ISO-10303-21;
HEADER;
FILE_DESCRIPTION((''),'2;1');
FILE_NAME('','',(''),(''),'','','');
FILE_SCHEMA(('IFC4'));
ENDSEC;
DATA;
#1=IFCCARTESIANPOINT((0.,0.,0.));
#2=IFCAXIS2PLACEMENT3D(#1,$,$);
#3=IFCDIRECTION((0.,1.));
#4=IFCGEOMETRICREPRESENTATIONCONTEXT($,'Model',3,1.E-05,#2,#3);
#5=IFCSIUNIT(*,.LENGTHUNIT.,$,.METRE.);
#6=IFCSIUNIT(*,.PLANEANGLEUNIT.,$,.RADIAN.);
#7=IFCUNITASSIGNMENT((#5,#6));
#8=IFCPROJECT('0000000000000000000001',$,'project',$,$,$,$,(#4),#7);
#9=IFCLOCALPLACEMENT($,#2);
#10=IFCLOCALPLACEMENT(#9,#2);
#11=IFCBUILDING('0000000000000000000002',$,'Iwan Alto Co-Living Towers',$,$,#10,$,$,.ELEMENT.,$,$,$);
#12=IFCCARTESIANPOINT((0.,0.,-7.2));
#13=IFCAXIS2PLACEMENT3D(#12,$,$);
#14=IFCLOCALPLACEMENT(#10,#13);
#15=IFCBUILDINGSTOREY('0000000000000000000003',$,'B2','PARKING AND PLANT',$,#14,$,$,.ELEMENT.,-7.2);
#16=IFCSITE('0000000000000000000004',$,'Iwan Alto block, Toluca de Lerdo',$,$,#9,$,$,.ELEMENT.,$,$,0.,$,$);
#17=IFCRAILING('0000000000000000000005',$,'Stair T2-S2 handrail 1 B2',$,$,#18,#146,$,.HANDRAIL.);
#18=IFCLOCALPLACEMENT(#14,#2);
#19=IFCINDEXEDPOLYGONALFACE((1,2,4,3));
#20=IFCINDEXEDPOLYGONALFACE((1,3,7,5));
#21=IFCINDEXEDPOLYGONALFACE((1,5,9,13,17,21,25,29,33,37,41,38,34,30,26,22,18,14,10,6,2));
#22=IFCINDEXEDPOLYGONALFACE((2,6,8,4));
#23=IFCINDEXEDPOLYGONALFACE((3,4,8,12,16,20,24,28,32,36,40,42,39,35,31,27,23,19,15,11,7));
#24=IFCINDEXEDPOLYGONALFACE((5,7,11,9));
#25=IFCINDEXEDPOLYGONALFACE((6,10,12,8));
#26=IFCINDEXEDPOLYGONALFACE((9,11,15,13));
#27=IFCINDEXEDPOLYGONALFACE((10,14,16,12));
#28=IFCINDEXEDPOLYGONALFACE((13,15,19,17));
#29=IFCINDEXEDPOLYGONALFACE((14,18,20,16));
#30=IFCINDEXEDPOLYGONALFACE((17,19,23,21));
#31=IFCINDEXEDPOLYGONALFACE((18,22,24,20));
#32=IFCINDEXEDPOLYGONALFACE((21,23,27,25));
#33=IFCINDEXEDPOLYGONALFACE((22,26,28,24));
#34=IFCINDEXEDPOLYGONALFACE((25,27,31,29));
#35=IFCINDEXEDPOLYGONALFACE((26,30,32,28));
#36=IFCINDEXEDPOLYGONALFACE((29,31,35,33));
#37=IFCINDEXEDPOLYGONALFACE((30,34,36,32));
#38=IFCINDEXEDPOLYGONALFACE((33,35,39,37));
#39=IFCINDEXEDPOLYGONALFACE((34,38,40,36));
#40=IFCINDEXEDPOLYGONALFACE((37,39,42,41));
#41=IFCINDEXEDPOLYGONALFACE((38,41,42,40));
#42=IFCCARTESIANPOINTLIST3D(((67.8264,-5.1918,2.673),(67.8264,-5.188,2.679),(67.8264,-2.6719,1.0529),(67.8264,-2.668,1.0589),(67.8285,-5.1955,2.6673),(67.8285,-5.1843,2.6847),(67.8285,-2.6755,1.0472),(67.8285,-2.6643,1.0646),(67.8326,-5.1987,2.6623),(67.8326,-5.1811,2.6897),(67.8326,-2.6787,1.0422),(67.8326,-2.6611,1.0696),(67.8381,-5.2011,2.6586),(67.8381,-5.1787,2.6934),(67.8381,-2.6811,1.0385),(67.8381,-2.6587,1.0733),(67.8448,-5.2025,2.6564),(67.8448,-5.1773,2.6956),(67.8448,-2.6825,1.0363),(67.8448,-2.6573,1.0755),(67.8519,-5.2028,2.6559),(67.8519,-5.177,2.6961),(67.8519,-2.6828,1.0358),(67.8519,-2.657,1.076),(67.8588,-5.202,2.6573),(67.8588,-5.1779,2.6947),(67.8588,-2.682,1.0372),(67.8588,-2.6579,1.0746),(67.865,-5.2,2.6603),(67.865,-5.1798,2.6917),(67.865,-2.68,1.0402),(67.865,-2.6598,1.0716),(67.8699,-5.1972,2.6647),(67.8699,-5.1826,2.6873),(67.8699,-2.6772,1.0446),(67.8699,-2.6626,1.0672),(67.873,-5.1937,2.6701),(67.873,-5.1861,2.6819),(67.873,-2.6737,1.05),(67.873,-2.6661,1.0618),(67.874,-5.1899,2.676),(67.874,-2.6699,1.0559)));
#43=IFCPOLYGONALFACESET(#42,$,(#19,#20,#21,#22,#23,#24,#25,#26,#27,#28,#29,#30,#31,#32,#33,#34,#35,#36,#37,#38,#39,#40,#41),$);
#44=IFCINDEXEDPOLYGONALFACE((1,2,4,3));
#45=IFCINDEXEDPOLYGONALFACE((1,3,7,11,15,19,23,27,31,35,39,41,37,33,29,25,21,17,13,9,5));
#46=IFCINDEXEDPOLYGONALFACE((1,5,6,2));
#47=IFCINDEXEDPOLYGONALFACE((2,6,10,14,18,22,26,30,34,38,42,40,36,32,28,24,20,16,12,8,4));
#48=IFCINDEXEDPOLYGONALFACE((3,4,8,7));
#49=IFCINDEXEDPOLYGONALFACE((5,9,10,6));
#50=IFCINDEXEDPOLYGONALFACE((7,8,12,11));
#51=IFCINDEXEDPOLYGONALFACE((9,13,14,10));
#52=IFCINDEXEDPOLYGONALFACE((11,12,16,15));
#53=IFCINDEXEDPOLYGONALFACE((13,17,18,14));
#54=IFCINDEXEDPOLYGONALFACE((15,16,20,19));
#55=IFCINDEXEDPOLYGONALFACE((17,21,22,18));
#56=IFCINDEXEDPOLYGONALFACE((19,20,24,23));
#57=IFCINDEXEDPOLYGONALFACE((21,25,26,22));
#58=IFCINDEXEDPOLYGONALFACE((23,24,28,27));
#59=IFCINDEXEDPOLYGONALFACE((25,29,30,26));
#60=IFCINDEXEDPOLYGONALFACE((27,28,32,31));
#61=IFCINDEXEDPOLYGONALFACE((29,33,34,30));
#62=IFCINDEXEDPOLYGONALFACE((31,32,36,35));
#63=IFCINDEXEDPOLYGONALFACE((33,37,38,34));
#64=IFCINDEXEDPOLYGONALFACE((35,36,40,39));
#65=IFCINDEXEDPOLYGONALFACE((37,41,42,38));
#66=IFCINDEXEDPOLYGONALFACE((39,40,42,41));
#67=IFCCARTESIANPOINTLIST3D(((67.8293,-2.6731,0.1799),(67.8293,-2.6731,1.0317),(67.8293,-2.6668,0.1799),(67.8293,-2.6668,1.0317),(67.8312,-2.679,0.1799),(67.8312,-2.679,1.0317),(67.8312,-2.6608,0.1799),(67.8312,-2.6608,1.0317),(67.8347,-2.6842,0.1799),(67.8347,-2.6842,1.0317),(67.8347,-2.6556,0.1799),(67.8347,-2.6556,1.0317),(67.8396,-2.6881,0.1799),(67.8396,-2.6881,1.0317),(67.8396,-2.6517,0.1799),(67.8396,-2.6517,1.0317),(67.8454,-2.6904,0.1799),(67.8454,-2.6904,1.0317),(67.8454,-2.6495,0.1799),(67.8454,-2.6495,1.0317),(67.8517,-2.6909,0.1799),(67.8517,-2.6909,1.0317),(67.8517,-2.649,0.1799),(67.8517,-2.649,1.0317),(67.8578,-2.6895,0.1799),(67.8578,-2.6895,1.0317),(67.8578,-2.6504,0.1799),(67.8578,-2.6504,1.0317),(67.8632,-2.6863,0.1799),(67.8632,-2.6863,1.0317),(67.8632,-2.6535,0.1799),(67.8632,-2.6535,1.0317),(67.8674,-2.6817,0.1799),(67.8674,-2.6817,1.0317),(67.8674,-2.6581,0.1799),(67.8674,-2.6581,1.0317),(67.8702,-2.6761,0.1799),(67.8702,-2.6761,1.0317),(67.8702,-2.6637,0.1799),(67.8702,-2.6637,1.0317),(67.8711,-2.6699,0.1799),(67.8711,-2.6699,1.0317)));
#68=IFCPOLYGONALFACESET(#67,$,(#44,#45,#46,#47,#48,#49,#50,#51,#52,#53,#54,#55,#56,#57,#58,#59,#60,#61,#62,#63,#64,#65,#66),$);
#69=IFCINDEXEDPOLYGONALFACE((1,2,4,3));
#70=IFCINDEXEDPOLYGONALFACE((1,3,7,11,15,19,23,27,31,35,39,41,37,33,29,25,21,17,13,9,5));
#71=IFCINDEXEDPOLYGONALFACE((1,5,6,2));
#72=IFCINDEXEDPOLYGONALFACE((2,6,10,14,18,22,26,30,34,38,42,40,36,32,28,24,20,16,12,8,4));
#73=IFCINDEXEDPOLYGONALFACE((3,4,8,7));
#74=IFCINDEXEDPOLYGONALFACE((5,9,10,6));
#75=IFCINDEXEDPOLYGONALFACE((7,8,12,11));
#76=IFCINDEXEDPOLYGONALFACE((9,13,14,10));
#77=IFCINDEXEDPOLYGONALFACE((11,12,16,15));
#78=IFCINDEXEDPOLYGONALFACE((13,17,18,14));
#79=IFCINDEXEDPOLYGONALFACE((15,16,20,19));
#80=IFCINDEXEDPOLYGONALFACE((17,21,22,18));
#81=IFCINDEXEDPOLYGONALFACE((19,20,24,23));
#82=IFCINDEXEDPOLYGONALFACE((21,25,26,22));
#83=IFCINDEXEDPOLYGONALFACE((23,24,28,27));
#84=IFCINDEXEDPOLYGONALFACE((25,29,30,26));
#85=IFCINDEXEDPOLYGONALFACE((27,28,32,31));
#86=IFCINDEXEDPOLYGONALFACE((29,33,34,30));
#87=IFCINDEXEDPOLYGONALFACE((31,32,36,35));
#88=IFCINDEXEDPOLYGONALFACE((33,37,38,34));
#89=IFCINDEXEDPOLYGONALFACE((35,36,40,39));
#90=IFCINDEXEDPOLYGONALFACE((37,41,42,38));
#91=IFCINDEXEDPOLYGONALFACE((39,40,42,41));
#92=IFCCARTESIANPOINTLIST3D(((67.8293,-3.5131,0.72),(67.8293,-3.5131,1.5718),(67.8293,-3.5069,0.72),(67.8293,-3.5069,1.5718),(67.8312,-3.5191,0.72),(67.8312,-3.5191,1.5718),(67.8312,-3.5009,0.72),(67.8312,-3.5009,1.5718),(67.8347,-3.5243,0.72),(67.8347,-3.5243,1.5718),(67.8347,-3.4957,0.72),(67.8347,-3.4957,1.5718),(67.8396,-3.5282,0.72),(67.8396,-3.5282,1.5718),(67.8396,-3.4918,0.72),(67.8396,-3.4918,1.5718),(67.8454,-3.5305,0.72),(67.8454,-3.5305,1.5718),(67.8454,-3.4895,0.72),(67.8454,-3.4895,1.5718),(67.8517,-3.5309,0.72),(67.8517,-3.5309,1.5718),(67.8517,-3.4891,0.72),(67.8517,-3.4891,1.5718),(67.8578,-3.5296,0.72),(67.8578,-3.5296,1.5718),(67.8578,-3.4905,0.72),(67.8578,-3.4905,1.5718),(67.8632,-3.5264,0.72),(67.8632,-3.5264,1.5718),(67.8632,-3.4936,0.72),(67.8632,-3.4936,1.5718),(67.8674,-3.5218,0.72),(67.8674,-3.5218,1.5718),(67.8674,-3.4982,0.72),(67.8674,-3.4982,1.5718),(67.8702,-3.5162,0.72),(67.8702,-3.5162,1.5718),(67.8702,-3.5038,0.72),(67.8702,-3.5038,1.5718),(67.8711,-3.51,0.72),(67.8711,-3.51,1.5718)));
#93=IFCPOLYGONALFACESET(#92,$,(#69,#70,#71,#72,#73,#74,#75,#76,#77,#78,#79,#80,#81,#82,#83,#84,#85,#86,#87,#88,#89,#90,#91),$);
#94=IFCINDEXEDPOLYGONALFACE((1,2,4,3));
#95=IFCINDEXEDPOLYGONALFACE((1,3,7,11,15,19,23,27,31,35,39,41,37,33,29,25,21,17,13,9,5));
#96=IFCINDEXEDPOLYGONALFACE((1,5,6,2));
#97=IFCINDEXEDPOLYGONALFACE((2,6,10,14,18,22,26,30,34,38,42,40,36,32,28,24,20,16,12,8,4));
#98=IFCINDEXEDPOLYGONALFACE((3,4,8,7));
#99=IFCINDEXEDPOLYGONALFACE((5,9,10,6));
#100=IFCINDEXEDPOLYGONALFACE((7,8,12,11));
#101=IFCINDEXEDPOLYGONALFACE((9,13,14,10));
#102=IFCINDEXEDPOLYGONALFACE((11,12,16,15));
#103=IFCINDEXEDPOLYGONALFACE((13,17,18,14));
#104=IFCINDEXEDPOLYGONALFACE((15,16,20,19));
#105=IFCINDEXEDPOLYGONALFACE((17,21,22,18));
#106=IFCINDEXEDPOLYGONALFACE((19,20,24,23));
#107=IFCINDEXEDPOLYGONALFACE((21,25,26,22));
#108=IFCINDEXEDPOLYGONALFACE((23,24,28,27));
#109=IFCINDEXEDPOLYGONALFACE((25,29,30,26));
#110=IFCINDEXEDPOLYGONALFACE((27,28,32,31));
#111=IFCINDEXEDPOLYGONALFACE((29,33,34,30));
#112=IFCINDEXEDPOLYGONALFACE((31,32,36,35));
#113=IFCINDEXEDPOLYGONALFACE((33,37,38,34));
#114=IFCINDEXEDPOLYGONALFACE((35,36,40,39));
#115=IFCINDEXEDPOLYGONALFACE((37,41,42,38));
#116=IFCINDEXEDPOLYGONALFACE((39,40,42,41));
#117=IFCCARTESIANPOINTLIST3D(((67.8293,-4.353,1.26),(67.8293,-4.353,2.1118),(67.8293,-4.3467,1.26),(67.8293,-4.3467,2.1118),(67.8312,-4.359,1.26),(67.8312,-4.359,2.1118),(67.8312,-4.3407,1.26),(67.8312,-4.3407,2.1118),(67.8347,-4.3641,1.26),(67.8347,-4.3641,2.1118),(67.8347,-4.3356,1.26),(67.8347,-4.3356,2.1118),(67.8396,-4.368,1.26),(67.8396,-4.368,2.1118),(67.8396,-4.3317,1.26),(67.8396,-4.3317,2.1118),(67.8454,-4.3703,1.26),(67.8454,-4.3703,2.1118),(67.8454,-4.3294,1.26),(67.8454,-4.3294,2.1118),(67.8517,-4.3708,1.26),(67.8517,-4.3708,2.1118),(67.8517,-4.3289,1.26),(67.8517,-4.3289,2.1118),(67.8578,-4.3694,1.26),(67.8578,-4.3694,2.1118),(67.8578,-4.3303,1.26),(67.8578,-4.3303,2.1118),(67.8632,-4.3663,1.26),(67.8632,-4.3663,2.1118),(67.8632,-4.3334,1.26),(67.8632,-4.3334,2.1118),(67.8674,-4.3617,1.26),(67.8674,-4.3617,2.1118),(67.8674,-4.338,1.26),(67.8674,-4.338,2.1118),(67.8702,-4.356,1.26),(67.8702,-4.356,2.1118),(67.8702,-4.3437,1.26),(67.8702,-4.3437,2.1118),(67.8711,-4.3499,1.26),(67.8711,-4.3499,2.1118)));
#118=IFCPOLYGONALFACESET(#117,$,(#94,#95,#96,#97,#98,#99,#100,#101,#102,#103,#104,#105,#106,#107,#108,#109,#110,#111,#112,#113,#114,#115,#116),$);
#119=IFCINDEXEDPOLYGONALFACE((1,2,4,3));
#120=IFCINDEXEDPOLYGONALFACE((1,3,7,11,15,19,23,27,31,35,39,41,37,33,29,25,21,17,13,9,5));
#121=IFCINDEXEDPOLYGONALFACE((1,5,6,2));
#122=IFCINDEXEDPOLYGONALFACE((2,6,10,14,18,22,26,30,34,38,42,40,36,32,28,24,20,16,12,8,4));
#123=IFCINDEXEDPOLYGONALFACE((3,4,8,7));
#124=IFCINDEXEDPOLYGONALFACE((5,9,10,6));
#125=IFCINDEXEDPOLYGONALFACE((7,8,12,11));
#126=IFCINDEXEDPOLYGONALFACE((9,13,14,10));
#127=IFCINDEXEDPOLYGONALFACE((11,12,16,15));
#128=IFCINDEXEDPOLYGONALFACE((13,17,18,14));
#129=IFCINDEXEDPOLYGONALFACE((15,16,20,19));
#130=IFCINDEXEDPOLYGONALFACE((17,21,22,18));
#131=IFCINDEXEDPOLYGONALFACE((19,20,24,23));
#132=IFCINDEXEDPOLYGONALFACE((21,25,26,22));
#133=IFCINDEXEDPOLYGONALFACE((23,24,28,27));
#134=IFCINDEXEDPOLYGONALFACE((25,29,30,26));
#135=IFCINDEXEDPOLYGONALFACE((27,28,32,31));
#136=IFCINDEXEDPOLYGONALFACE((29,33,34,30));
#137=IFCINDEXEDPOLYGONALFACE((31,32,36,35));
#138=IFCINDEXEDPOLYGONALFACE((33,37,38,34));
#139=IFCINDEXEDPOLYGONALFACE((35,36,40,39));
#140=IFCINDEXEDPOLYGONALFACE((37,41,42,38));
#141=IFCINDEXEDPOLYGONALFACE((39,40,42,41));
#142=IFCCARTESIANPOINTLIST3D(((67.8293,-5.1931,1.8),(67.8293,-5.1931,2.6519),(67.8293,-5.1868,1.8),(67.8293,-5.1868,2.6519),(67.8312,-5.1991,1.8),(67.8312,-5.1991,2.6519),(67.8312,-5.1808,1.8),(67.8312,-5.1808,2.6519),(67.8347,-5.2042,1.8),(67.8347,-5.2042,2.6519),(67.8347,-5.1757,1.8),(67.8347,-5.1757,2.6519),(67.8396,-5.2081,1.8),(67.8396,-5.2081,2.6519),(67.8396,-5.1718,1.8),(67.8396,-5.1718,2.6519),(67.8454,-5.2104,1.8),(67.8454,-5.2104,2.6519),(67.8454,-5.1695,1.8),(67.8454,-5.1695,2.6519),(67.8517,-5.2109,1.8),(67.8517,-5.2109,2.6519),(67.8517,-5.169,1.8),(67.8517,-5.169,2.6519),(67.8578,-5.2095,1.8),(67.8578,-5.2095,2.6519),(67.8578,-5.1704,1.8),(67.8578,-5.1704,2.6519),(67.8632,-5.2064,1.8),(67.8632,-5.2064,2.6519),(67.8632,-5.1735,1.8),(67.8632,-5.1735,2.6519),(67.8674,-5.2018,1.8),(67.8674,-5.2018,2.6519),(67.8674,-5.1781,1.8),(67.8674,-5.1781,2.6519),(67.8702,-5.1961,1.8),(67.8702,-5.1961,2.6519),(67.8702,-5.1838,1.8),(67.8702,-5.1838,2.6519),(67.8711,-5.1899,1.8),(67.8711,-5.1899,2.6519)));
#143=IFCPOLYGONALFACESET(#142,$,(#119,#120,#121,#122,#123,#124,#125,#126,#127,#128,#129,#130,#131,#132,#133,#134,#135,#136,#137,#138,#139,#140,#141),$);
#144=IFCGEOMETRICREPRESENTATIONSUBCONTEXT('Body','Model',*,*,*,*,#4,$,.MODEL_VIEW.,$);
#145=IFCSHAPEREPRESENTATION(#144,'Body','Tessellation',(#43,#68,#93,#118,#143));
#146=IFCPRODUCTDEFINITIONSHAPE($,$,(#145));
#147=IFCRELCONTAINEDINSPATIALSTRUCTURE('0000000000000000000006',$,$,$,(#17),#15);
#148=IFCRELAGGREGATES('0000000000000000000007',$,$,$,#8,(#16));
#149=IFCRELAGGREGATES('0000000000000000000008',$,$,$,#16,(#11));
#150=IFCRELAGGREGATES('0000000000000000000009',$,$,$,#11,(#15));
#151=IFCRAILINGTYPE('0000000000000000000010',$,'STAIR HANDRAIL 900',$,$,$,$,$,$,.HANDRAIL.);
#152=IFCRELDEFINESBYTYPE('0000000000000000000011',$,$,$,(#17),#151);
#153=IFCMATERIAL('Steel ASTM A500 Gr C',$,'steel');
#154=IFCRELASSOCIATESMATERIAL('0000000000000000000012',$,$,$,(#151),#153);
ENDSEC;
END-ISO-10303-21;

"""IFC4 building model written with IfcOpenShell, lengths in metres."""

from ifc_helpers import new_model, si_unit, direction, frame, origin, origin_2d, place, context, subcontext, project, spatial, circle, extrude, material, type_object, element, save


model = new_model("IFC4")

# Units and contexts
model_context = context("Model", 3, precision=1e-05, world=origin(), true_north=direction((0.0, 1.0)))
body_context = subcontext(model_context, "Body", "Model", "MODEL_VIEW")
ifc_project = project(units=[si_unit("LENGTHUNIT", "METRE"), si_unit("PLANEANGLEUNIT", "RADIAN")], contexts=[model_context])

# Site, building, storey
site_placement = place(None, origin())
site = spatial("IfcSite", under=ifc_project, at=site_placement, Name="Iwan Alto block, Toluca de Lerdo", CompositionType="ELEMENT", RefElevation=0.0)
building_placement = place(site_placement, origin())
building = spatial("IfcBuilding", under=site, at=building_placement, Name="Iwan Alto Co-Living Towers", CompositionType="ELEMENT")
storey_placement = place(building_placement, frame((0.0, 0.0, -7.2)))
storey = spatial("IfcBuildingStorey", under=building, at=storey_placement, Name="B2", Description="PARKING AND PLANT", CompositionType="ELEMENT", Elevation=-7.2)

# Railing
ifc_material_1 = material(Name="Steel ASTM A500 Gr C", Category="steel")
railing_type_1 = type_object("IfcRailingType", Name="STAIR HANDRAIL 900", PredefinedType="HANDRAIL", material=ifc_material_1)
railing_1_placement = place(storey_placement, frame((67.8501, -2.6699, 0.1799)))
element("IfcRailing", 1, at=railing_1_placement, inside=storey, type_object=railing_type_1, Name="Stair T2-S2 handrail 1 B2", PredefinedType="HANDRAIL", context=body_context, shape_type="SweptSolid", body=[
    extrude(circle(Radius=0.0239, at=origin_2d()), frame((0.0, 0.0, 0.876), z_axis=(0.0, -0.841163, 0.540782), x_axis=(1.0, 0.0, 0.0)), (0.0, 0.0, 1.0), 2.9958),
    extrude(circle(Radius=0.021, at=origin_2d()), origin(), (0.0, 0.0, 1.0), 0.8518),
    extrude(circle(Radius=0.021, at=origin_2d()), frame((0.0, -0.8401, 0.54)), (0.0, 0.0, 1.0), 0.8518),
    extrude(circle(Radius=0.021, at=origin_2d()), frame((0.0, -1.6799, 1.0801)), (0.0, 0.0, 1.0), 0.8518),
    extrude(circle(Radius=0.021, at=origin_2d()), frame((0.0, -2.52, 1.6201)), (0.0, 0.0, 1.0), 0.8518),
])

save(model, "model.ifc")
